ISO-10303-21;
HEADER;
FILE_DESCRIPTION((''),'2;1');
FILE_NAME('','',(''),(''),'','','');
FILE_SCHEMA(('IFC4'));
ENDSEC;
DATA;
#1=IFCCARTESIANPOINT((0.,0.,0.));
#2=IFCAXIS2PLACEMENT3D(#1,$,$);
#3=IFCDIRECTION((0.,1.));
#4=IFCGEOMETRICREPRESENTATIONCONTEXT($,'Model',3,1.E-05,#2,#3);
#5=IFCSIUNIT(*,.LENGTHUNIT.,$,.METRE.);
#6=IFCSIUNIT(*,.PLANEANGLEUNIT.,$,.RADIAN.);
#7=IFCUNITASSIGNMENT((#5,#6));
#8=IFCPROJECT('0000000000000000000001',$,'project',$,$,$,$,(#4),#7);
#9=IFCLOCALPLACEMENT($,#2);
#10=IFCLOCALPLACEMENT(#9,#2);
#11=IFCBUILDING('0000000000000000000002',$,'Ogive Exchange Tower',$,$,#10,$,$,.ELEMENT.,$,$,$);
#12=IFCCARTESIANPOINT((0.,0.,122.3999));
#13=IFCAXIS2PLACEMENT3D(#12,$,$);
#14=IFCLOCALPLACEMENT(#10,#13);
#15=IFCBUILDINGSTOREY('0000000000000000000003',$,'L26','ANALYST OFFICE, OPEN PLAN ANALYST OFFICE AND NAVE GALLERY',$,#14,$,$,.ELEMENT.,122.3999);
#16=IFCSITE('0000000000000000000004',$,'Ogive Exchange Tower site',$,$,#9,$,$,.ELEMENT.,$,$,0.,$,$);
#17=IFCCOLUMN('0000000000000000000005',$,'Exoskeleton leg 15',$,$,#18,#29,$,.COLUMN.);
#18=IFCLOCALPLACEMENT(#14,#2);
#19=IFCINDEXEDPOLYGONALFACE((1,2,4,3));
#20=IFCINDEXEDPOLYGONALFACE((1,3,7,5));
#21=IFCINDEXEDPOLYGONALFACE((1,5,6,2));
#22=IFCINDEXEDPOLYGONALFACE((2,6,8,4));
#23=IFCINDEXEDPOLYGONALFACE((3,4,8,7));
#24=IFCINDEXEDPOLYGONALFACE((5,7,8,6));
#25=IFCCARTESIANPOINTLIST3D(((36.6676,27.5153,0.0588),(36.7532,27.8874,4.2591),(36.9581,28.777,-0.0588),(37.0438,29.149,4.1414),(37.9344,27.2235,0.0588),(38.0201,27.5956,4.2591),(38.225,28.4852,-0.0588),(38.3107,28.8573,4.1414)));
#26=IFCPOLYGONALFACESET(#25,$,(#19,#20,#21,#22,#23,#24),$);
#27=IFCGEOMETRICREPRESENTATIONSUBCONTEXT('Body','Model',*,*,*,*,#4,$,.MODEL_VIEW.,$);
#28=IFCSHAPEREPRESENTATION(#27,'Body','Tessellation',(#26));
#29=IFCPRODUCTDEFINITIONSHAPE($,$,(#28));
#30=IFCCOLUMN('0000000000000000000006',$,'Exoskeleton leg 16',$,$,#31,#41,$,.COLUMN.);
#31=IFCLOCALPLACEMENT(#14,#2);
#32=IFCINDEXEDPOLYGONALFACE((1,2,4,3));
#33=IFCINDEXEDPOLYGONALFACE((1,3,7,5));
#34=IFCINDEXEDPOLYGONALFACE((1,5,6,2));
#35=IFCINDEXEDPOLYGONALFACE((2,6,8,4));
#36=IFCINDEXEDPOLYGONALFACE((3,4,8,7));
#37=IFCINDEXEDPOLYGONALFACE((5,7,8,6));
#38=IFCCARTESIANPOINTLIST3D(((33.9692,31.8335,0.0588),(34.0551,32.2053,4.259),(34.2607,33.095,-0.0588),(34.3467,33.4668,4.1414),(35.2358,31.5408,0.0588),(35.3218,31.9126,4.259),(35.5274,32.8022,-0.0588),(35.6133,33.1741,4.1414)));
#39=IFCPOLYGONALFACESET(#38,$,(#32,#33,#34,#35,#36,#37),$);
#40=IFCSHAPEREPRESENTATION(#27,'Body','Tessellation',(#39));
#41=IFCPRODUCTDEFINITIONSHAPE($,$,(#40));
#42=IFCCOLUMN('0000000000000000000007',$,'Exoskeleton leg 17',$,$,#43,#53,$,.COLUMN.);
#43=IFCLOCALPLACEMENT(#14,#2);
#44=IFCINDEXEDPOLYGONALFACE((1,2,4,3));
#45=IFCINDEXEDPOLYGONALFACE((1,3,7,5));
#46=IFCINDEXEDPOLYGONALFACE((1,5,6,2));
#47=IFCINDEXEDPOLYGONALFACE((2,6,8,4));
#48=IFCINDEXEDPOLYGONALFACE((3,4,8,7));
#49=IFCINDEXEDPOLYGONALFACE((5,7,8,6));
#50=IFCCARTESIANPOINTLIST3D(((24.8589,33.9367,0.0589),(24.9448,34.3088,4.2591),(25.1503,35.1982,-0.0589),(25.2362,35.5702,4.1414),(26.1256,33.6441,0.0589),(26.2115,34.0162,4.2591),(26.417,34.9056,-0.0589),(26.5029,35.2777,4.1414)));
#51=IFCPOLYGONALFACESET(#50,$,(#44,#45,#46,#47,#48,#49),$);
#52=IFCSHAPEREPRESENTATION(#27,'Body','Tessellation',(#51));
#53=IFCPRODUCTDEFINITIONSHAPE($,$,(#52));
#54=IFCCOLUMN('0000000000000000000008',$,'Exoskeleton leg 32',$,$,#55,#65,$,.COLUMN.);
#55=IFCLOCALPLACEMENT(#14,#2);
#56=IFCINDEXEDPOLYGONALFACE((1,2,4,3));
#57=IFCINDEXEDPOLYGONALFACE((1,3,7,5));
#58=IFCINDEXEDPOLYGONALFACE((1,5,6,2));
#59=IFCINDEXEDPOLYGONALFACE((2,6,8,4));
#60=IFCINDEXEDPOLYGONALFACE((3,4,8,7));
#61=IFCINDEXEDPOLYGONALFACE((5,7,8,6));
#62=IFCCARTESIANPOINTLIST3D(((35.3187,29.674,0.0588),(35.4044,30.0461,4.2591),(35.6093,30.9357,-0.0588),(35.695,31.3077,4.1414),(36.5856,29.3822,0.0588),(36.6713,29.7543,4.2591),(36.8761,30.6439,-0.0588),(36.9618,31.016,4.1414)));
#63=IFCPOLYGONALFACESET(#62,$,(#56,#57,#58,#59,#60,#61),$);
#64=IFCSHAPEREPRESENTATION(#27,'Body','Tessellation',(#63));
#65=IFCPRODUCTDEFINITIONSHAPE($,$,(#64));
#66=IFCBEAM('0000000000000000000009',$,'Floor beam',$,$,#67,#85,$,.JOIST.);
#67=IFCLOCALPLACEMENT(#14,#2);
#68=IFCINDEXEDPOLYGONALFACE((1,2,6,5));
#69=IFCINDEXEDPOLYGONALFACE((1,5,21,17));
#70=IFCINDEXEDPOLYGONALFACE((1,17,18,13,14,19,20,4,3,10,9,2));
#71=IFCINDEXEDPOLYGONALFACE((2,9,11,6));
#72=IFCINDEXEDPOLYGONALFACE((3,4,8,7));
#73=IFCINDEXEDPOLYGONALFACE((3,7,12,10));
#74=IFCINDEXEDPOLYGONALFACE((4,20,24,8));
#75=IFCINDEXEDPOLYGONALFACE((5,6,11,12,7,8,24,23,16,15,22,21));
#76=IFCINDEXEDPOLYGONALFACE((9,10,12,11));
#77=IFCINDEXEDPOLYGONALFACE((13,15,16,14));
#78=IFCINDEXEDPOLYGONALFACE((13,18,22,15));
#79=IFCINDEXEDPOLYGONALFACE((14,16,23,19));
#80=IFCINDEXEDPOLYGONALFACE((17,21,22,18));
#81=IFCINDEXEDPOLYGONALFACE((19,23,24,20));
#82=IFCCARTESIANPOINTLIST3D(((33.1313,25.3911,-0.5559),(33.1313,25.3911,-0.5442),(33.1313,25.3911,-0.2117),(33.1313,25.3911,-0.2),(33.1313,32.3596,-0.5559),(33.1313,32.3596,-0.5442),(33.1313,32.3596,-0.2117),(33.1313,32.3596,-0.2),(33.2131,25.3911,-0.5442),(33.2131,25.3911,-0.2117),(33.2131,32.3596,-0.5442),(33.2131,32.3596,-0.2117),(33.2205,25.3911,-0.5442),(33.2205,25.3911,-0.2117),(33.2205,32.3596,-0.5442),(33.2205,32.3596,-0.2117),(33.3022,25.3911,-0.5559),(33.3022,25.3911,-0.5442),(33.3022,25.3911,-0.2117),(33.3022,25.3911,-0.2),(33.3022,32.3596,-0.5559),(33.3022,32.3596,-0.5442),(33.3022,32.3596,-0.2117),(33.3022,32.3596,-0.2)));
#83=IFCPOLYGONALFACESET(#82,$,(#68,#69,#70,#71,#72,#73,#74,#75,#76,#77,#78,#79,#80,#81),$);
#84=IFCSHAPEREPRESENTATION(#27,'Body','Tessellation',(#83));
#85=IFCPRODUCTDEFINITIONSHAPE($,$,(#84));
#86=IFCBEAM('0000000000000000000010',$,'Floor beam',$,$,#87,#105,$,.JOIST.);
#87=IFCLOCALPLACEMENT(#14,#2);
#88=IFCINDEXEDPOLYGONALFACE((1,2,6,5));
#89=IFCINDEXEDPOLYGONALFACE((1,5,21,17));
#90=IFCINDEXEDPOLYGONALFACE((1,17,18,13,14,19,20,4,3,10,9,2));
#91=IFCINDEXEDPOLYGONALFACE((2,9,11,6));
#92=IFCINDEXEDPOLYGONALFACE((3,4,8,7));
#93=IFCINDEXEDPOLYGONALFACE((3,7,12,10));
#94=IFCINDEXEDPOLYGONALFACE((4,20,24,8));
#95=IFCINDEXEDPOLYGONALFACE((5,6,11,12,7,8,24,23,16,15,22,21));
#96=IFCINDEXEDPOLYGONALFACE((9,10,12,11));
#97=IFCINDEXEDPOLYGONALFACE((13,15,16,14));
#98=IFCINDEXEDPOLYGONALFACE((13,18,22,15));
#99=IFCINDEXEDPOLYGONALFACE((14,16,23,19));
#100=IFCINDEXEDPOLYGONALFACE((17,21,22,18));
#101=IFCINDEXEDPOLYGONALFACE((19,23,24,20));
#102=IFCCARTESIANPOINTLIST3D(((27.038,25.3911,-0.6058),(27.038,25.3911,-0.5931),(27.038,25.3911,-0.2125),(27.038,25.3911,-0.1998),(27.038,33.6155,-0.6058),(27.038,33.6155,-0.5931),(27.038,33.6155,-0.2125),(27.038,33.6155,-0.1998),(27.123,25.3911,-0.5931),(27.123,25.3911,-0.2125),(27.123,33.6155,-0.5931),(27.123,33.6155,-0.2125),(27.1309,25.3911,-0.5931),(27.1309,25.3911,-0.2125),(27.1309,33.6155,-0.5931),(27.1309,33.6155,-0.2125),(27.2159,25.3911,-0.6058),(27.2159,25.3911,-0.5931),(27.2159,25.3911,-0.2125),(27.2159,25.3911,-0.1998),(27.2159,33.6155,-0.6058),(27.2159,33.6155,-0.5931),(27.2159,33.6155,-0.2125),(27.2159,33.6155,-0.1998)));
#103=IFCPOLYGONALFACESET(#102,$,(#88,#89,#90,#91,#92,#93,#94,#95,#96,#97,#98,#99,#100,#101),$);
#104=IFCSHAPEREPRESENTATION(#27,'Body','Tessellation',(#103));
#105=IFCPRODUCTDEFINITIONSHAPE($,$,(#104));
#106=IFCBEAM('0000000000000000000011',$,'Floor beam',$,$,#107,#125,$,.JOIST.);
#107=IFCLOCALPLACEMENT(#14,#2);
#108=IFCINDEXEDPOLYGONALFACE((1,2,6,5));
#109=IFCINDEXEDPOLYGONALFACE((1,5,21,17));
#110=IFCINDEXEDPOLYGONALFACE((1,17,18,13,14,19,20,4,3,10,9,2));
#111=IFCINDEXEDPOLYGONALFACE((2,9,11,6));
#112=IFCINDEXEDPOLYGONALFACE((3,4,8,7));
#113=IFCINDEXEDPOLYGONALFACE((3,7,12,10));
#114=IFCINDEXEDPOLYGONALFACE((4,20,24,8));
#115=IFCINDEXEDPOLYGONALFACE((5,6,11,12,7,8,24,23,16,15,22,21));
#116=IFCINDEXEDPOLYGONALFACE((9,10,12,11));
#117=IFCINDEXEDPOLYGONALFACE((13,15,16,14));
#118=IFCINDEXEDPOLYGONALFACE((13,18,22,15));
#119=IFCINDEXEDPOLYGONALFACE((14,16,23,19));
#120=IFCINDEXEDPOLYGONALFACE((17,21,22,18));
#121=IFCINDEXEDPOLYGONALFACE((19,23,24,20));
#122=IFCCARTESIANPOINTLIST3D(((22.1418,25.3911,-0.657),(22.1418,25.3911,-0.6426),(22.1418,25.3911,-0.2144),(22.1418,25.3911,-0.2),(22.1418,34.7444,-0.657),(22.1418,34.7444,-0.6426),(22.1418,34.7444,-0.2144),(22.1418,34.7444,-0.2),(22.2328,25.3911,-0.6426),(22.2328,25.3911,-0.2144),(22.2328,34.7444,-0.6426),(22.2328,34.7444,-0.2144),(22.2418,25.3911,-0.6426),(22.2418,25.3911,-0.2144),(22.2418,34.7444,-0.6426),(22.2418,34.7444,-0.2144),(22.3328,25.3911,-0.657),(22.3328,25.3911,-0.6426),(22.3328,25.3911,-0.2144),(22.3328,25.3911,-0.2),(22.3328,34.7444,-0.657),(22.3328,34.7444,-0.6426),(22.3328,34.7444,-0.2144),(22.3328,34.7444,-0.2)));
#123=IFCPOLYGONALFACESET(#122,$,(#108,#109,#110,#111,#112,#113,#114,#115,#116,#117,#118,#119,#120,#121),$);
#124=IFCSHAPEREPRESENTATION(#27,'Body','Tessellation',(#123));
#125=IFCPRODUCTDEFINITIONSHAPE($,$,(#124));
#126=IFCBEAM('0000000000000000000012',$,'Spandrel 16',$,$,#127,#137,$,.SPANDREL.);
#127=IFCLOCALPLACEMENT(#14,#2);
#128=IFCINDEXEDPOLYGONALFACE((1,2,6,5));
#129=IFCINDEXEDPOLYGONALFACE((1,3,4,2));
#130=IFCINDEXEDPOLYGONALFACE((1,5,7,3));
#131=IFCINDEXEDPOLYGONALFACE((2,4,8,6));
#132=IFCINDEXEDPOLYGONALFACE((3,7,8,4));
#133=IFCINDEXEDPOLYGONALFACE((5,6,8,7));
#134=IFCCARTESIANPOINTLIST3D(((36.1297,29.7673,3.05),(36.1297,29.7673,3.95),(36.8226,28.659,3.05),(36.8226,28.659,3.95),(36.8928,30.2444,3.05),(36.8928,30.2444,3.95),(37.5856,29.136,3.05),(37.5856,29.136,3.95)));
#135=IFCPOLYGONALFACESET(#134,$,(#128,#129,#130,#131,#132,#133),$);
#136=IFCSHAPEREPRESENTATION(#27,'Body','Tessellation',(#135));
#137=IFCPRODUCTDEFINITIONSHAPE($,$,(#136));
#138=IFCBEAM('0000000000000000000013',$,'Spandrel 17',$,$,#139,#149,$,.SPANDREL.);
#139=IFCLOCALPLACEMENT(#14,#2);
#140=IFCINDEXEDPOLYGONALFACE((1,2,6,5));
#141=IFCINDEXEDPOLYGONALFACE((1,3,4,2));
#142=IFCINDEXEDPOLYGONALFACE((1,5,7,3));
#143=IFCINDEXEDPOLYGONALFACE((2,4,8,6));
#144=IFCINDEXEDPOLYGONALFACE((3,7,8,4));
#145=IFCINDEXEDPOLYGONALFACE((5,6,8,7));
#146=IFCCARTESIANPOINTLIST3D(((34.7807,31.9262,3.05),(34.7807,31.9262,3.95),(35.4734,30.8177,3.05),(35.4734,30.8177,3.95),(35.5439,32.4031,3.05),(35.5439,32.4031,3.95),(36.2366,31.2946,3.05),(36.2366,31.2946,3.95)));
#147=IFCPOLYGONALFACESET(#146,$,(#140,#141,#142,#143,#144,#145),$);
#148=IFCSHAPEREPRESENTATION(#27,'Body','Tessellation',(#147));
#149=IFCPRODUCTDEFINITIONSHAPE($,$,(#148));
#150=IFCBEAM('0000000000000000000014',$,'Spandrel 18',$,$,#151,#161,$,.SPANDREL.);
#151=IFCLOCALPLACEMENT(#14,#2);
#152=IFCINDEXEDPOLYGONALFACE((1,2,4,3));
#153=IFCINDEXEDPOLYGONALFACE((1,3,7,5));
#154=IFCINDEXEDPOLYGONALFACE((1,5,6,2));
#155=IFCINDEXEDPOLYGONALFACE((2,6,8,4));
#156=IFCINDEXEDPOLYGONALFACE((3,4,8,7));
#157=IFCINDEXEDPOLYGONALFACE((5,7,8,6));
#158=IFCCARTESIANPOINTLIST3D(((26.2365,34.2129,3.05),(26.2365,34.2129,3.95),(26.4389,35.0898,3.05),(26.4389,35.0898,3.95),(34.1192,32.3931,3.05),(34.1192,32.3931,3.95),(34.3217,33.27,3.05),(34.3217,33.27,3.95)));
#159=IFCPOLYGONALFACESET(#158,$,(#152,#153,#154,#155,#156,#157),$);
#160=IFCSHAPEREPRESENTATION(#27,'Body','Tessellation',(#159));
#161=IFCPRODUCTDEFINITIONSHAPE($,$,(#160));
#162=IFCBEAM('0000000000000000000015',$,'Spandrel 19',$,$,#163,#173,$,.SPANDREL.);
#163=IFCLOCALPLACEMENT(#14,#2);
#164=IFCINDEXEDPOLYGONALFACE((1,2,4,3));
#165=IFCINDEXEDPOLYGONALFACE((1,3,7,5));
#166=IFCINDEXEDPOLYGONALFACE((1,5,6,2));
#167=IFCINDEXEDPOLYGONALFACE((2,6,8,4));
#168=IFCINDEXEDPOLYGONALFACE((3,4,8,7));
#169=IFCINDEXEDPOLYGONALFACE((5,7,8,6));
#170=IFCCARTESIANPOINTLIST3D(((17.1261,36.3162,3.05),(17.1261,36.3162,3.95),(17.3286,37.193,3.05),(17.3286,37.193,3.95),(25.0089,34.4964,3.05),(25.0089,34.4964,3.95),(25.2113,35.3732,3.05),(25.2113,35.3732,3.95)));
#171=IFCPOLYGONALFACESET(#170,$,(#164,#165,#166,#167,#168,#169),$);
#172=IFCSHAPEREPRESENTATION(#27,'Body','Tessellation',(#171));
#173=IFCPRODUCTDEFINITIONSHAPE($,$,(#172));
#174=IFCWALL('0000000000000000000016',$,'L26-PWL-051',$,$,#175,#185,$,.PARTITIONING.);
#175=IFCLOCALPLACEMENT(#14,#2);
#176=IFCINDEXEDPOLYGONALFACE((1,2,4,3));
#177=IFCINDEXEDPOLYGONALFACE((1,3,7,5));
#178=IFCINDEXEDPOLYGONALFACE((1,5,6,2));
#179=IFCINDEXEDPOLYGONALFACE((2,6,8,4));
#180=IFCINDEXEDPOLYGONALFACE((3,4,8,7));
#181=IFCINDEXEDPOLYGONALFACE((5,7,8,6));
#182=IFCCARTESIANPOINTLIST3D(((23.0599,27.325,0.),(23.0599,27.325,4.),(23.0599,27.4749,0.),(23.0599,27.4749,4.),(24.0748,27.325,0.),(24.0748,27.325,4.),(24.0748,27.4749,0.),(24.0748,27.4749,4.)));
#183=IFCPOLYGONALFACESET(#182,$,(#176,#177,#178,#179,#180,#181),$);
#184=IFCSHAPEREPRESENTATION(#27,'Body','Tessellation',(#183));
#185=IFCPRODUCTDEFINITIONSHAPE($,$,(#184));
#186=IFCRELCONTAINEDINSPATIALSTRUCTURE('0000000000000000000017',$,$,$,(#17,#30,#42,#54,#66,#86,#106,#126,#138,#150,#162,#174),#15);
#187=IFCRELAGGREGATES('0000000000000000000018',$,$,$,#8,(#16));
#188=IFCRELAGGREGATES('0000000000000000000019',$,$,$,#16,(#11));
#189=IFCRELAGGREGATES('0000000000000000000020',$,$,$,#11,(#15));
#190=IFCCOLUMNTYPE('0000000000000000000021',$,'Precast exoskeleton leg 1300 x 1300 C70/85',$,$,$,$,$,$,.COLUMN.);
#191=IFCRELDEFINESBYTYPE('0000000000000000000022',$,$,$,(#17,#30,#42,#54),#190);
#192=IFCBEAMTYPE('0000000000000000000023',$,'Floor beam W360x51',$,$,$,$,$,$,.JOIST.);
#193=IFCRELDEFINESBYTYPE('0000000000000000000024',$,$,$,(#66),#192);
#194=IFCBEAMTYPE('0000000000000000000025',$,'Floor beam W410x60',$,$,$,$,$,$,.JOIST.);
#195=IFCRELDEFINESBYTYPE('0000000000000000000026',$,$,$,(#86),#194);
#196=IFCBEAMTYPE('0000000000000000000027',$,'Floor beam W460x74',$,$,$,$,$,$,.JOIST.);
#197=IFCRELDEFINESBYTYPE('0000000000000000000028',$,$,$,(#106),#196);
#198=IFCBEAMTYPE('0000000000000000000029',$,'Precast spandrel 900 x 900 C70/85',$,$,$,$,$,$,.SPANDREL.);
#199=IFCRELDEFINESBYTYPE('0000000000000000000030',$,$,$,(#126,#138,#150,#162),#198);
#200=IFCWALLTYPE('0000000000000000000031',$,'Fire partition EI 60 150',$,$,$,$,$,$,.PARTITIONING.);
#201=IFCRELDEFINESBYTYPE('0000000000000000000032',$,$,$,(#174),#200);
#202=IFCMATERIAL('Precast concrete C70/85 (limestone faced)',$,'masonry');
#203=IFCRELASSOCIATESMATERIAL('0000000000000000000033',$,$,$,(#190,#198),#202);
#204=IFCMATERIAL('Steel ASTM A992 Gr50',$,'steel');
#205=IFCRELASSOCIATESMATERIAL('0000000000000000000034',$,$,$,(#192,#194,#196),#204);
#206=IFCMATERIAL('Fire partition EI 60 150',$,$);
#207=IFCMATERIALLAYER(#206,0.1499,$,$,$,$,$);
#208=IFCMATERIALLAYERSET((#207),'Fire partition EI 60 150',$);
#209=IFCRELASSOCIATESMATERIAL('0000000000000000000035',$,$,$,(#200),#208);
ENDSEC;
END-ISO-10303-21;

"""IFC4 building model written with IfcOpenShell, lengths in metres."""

from ifc_helpers import new_model, si_unit, direction, frame, frame_2d, origin, origin_2d, place, context, subcontext, project, spatial, rectangle, i_section, extrude, material, layer, layer_set, material_profile, profile_set, type_object, element, save


model = new_model("IFC4")

# Units and contexts
model_context = context("Model", 3, precision=1e-05, world=origin(), true_north=direction((0.0, 1.0)))
body_context = subcontext(model_context, "Body", "Model", "MODEL_VIEW")
ifc_project = project(units=[si_unit("LENGTHUNIT", "METRE"), si_unit("PLANEANGLEUNIT", "RADIAN")], contexts=[model_context])

# Site, building, storey
site_placement = place(None, origin())
site = spatial("IfcSite", under=ifc_project, at=site_placement, Name="Ogive Exchange Tower site", CompositionType="ELEMENT", RefElevation=0.0)
building_placement = place(site_placement, origin())
building = spatial("IfcBuilding", under=site, at=building_placement, Name="Ogive Exchange Tower", CompositionType="ELEMENT")
storey_placement = place(building_placement, frame((0.0, 0.0, 122.3999)))
storey = spatial("IfcBuildingStorey", under=building, at=storey_placement, Name="L26", Description="ANALYST OFFICE, OPEN PLAN ANALYST OFFICE AND NAVE GALLERY", CompositionType="ELEMENT", Elevation=122.3999)

# Columns
ifc_material_1 = material(Name="Precast concrete C70/85 (limestone faced)", Category="masonry")
ifc_material_profile_1 = material_profile(ifc_material_1, rectangle(XDim=1.3, YDim=1.3, at=origin_2d()), Name="1300 x 1300")
ifc_profile_set_1 = profile_set([ifc_material_profile_1], Name="Precast concrete C70/85 (limestone faced)")
column_type = type_object("IfcColumnType", Name="Precast exoskeleton leg 1300 x 1300 C70/85", PredefinedType="COLUMN", material=ifc_profile_set_1)
for number, where, z_axis, x_axis, name in (
    (1, (37.4463, 28.0002, 0.0), (0.020318, 0.08822, 0.995894), (-0.974488, 0.224439, 0.0), "Exoskeleton leg 15"),
    (2, (34.7483, 32.3179, 0.0), (0.020376, 0.088163, 0.995898), (-0.974316, 0.225187, 0.0), "Exoskeleton leg 16"),
    (3, (25.6379, 34.4211, 0.0), (0.020376, 0.08822, 0.995893), (-0.974348, 0.225046, 0.0), "Exoskeleton leg 17"),
    (4, (36.0974, 30.1589, 0.0), (0.020318, 0.08822, 0.995894), (-0.974488, 0.224439, 0.0), "Exoskeleton leg 32"),
):
    element("IfcColumn", number, at=place(storey_placement, frame(where, z_axis=z_axis, x_axis=x_axis)), inside=storey, type_object=column_type, Name=name, PredefinedType="COLUMN", context=body_context, shape_type="SweptSolid", body=[
        extrude(rectangle(XDim=1.3, YDim=1.3, at=origin_2d()), origin(), (0.0, 0.0, 1.0), 4.2175),
    ])

# Beams
ifc_material_2 = material(Name="Steel ASTM A992 Gr50", Category="steel")
ifc_material_profile_2 = material_profile(ifc_material_2, i_section(OverallWidth=0.1709, OverallDepth=0.356, WebThickness=0.0073, FlangeThickness=0.0117, at=origin_2d()), Name="W360x51")
ifc_profile_set_2 = profile_set([ifc_material_profile_2], Name="Steel ASTM A992 Gr50")
beam_type_1 = type_object("IfcBeamType", Name="Floor beam W360x51", PredefinedType="JOIST", material=ifc_profile_set_2)
beam_1_placement = place(storey_placement, frame((33.2168, 25.3911, -0.3779), z_axis=(0.0, 1.0, 0.0), x_axis=(-1.0, 0.0, 0.0)))
element("IfcBeam", 5, at=beam_1_placement, inside=storey, type_object=beam_type_1, Name="Floor beam", PredefinedType="JOIST", context=body_context, shape_type="SweptSolid", body=[
    extrude(i_section(OverallWidth=0.1709, OverallDepth=0.356, WebThickness=0.0073, FlangeThickness=0.0117, at=origin_2d()), origin(), (0.0, 0.0, 1.0), 6.9685),
])
ifc_material_profile_3 = material_profile(ifc_material_2, i_section(OverallWidth=0.178, OverallDepth=0.406, WebThickness=0.0078, FlangeThickness=0.0127, at=origin_2d()), Name="W410x60")
ifc_profile_set_3 = profile_set([ifc_material_profile_3], Name="Steel ASTM A992 Gr50")
beam_type_2 = type_object("IfcBeamType", Name="Floor beam W410x60", PredefinedType="JOIST", material=ifc_profile_set_3)
beam_2_placement = place(storey_placement, frame((27.127, 25.3911, -0.4028), z_axis=(0.0, 1.0, 0.0), x_axis=(-1.0, 0.0, 0.0)))
element("IfcBeam", 6, at=beam_2_placement, inside=storey, type_object=beam_type_2, Name="Floor beam", PredefinedType="JOIST", context=body_context, shape_type="SweptSolid", body=[
    extrude(i_section(OverallWidth=0.178, OverallDepth=0.406, WebThickness=0.0078, FlangeThickness=0.0127, at=origin_2d()), origin(), (0.0, 0.0, 1.0), 8.2244),
])
ifc_material_profile_4 = material_profile(ifc_material_2, i_section(OverallWidth=0.1909, OverallDepth=0.457, WebThickness=0.009, FlangeThickness=0.0144, at=origin_2d()), Name="W460x74")
ifc_profile_set_4 = profile_set([ifc_material_profile_4], Name="Steel ASTM A992 Gr50")
beam_type_3 = type_object("IfcBeamType", Name="Floor beam W460x74", PredefinedType="JOIST", material=ifc_profile_set_4)
beam_3_placement = place(storey_placement, frame((22.2373, 25.3911, -0.4285), z_axis=(0.0, 1.0, 0.0), x_axis=(-1.0, 0.0, 0.0)))
element("IfcBeam", 7, at=beam_3_placement, inside=storey, type_object=beam_type_3, Name="Floor beam", PredefinedType="JOIST", context=body_context, shape_type="SweptSolid", body=[
    extrude(i_section(OverallWidth=0.1909, OverallDepth=0.457, WebThickness=0.009, FlangeThickness=0.0144, at=origin_2d()), origin(), (0.0, 0.0, 1.0), 9.3533),
])
ifc_material_profile_5 = material_profile(ifc_material_1, rectangle(XDim=0.8999, YDim=0.8999, at=origin_2d()), Name="900 x 900")
ifc_profile_set_5 = profile_set([ifc_material_profile_5], Name="Precast concrete C70/85 (limestone faced)")
beam_type_4 = type_object("IfcBeamType", Name="Precast spandrel 900 x 900 C70/85", PredefinedType="SPANDREL", material=ifc_profile_set_5)
for number, where, z_axis, x_axis, name in (
    (8, (37.2041, 28.8975, 3.5), (-0.530066, 0.847956, 0.0), (-0.847956, -0.530066, 0.0), "Spandrel 16"),
    (9, (35.855, 31.0562, 3.5), (-0.529932, 0.84804, 0.0), (-0.84804, -0.529932, 0.0), "Spandrel 17"),
):
    element("IfcBeam", number, at=place(storey_placement, frame(where, z_axis=z_axis, x_axis=x_axis)), inside=storey, type_object=beam_type_4, Name=name, PredefinedType="SPANDREL", context=body_context, shape_type="SweptSolid", body=[
        extrude(rectangle(XDim=0.8999, YDim=0.8999, at=origin_2d()), origin(), (0.0, 0.0, 1.0), 1.3071),
    ])
for number, where, z_axis, x_axis, name in (
    (10, (34.2205, 32.8315, 3.5), (-0.974372, 0.224943, 0.0), (-0.224943, -0.974372, 0.0), "Spandrel 18"),
    (11, (25.1101, 34.9348, 3.5), (-0.974372, 0.224943, 0.0), (-0.224943, -0.974372, 0.0), "Spandrel 19"),
):
    element("IfcBeam", number, at=place(storey_placement, frame(where, z_axis=z_axis, x_axis=x_axis)), inside=storey, type_object=beam_type_4, Name=name, PredefinedType="SPANDREL", context=body_context, shape_type="SweptSolid", body=[
        extrude(rectangle(XDim=0.8999, YDim=0.8999, at=origin_2d()), origin(), (0.0, 0.0, 1.0), 8.0901),
    ])

# Wall
ifc_material_3 = material(Name="Fire partition EI 60 150")
ifc_layer_1 = layer(ifc_material_3, 0.1499)
ifc_layer_set_1 = layer_set([ifc_layer_1], Name="Fire partition EI 60 150")
wall_type_1 = type_object("IfcWallType", Name="Fire partition EI 60 150", PredefinedType="PARTITIONING", material=ifc_layer_set_1)
wall_1_placement = place(storey_placement, frame((23.0601, 27.3999, 0.0), z_axis=(0.0, 0.0, 1.0), x_axis=(1.0, 0.0, 0.0)))
element("IfcWall", 12, at=wall_1_placement, inside=storey, type_object=wall_type_1, Name="L26-PWL-051", PredefinedType="PARTITIONING", context=body_context, shape_type="SweptSolid", body=[
    extrude(rectangle(XDim=1.0149, YDim=0.1499, at=frame_2d((0.5073, 0.0))), origin(), (0.0, 0.0, 1.0), 4.0),
])

save(model, "model.ifc")
